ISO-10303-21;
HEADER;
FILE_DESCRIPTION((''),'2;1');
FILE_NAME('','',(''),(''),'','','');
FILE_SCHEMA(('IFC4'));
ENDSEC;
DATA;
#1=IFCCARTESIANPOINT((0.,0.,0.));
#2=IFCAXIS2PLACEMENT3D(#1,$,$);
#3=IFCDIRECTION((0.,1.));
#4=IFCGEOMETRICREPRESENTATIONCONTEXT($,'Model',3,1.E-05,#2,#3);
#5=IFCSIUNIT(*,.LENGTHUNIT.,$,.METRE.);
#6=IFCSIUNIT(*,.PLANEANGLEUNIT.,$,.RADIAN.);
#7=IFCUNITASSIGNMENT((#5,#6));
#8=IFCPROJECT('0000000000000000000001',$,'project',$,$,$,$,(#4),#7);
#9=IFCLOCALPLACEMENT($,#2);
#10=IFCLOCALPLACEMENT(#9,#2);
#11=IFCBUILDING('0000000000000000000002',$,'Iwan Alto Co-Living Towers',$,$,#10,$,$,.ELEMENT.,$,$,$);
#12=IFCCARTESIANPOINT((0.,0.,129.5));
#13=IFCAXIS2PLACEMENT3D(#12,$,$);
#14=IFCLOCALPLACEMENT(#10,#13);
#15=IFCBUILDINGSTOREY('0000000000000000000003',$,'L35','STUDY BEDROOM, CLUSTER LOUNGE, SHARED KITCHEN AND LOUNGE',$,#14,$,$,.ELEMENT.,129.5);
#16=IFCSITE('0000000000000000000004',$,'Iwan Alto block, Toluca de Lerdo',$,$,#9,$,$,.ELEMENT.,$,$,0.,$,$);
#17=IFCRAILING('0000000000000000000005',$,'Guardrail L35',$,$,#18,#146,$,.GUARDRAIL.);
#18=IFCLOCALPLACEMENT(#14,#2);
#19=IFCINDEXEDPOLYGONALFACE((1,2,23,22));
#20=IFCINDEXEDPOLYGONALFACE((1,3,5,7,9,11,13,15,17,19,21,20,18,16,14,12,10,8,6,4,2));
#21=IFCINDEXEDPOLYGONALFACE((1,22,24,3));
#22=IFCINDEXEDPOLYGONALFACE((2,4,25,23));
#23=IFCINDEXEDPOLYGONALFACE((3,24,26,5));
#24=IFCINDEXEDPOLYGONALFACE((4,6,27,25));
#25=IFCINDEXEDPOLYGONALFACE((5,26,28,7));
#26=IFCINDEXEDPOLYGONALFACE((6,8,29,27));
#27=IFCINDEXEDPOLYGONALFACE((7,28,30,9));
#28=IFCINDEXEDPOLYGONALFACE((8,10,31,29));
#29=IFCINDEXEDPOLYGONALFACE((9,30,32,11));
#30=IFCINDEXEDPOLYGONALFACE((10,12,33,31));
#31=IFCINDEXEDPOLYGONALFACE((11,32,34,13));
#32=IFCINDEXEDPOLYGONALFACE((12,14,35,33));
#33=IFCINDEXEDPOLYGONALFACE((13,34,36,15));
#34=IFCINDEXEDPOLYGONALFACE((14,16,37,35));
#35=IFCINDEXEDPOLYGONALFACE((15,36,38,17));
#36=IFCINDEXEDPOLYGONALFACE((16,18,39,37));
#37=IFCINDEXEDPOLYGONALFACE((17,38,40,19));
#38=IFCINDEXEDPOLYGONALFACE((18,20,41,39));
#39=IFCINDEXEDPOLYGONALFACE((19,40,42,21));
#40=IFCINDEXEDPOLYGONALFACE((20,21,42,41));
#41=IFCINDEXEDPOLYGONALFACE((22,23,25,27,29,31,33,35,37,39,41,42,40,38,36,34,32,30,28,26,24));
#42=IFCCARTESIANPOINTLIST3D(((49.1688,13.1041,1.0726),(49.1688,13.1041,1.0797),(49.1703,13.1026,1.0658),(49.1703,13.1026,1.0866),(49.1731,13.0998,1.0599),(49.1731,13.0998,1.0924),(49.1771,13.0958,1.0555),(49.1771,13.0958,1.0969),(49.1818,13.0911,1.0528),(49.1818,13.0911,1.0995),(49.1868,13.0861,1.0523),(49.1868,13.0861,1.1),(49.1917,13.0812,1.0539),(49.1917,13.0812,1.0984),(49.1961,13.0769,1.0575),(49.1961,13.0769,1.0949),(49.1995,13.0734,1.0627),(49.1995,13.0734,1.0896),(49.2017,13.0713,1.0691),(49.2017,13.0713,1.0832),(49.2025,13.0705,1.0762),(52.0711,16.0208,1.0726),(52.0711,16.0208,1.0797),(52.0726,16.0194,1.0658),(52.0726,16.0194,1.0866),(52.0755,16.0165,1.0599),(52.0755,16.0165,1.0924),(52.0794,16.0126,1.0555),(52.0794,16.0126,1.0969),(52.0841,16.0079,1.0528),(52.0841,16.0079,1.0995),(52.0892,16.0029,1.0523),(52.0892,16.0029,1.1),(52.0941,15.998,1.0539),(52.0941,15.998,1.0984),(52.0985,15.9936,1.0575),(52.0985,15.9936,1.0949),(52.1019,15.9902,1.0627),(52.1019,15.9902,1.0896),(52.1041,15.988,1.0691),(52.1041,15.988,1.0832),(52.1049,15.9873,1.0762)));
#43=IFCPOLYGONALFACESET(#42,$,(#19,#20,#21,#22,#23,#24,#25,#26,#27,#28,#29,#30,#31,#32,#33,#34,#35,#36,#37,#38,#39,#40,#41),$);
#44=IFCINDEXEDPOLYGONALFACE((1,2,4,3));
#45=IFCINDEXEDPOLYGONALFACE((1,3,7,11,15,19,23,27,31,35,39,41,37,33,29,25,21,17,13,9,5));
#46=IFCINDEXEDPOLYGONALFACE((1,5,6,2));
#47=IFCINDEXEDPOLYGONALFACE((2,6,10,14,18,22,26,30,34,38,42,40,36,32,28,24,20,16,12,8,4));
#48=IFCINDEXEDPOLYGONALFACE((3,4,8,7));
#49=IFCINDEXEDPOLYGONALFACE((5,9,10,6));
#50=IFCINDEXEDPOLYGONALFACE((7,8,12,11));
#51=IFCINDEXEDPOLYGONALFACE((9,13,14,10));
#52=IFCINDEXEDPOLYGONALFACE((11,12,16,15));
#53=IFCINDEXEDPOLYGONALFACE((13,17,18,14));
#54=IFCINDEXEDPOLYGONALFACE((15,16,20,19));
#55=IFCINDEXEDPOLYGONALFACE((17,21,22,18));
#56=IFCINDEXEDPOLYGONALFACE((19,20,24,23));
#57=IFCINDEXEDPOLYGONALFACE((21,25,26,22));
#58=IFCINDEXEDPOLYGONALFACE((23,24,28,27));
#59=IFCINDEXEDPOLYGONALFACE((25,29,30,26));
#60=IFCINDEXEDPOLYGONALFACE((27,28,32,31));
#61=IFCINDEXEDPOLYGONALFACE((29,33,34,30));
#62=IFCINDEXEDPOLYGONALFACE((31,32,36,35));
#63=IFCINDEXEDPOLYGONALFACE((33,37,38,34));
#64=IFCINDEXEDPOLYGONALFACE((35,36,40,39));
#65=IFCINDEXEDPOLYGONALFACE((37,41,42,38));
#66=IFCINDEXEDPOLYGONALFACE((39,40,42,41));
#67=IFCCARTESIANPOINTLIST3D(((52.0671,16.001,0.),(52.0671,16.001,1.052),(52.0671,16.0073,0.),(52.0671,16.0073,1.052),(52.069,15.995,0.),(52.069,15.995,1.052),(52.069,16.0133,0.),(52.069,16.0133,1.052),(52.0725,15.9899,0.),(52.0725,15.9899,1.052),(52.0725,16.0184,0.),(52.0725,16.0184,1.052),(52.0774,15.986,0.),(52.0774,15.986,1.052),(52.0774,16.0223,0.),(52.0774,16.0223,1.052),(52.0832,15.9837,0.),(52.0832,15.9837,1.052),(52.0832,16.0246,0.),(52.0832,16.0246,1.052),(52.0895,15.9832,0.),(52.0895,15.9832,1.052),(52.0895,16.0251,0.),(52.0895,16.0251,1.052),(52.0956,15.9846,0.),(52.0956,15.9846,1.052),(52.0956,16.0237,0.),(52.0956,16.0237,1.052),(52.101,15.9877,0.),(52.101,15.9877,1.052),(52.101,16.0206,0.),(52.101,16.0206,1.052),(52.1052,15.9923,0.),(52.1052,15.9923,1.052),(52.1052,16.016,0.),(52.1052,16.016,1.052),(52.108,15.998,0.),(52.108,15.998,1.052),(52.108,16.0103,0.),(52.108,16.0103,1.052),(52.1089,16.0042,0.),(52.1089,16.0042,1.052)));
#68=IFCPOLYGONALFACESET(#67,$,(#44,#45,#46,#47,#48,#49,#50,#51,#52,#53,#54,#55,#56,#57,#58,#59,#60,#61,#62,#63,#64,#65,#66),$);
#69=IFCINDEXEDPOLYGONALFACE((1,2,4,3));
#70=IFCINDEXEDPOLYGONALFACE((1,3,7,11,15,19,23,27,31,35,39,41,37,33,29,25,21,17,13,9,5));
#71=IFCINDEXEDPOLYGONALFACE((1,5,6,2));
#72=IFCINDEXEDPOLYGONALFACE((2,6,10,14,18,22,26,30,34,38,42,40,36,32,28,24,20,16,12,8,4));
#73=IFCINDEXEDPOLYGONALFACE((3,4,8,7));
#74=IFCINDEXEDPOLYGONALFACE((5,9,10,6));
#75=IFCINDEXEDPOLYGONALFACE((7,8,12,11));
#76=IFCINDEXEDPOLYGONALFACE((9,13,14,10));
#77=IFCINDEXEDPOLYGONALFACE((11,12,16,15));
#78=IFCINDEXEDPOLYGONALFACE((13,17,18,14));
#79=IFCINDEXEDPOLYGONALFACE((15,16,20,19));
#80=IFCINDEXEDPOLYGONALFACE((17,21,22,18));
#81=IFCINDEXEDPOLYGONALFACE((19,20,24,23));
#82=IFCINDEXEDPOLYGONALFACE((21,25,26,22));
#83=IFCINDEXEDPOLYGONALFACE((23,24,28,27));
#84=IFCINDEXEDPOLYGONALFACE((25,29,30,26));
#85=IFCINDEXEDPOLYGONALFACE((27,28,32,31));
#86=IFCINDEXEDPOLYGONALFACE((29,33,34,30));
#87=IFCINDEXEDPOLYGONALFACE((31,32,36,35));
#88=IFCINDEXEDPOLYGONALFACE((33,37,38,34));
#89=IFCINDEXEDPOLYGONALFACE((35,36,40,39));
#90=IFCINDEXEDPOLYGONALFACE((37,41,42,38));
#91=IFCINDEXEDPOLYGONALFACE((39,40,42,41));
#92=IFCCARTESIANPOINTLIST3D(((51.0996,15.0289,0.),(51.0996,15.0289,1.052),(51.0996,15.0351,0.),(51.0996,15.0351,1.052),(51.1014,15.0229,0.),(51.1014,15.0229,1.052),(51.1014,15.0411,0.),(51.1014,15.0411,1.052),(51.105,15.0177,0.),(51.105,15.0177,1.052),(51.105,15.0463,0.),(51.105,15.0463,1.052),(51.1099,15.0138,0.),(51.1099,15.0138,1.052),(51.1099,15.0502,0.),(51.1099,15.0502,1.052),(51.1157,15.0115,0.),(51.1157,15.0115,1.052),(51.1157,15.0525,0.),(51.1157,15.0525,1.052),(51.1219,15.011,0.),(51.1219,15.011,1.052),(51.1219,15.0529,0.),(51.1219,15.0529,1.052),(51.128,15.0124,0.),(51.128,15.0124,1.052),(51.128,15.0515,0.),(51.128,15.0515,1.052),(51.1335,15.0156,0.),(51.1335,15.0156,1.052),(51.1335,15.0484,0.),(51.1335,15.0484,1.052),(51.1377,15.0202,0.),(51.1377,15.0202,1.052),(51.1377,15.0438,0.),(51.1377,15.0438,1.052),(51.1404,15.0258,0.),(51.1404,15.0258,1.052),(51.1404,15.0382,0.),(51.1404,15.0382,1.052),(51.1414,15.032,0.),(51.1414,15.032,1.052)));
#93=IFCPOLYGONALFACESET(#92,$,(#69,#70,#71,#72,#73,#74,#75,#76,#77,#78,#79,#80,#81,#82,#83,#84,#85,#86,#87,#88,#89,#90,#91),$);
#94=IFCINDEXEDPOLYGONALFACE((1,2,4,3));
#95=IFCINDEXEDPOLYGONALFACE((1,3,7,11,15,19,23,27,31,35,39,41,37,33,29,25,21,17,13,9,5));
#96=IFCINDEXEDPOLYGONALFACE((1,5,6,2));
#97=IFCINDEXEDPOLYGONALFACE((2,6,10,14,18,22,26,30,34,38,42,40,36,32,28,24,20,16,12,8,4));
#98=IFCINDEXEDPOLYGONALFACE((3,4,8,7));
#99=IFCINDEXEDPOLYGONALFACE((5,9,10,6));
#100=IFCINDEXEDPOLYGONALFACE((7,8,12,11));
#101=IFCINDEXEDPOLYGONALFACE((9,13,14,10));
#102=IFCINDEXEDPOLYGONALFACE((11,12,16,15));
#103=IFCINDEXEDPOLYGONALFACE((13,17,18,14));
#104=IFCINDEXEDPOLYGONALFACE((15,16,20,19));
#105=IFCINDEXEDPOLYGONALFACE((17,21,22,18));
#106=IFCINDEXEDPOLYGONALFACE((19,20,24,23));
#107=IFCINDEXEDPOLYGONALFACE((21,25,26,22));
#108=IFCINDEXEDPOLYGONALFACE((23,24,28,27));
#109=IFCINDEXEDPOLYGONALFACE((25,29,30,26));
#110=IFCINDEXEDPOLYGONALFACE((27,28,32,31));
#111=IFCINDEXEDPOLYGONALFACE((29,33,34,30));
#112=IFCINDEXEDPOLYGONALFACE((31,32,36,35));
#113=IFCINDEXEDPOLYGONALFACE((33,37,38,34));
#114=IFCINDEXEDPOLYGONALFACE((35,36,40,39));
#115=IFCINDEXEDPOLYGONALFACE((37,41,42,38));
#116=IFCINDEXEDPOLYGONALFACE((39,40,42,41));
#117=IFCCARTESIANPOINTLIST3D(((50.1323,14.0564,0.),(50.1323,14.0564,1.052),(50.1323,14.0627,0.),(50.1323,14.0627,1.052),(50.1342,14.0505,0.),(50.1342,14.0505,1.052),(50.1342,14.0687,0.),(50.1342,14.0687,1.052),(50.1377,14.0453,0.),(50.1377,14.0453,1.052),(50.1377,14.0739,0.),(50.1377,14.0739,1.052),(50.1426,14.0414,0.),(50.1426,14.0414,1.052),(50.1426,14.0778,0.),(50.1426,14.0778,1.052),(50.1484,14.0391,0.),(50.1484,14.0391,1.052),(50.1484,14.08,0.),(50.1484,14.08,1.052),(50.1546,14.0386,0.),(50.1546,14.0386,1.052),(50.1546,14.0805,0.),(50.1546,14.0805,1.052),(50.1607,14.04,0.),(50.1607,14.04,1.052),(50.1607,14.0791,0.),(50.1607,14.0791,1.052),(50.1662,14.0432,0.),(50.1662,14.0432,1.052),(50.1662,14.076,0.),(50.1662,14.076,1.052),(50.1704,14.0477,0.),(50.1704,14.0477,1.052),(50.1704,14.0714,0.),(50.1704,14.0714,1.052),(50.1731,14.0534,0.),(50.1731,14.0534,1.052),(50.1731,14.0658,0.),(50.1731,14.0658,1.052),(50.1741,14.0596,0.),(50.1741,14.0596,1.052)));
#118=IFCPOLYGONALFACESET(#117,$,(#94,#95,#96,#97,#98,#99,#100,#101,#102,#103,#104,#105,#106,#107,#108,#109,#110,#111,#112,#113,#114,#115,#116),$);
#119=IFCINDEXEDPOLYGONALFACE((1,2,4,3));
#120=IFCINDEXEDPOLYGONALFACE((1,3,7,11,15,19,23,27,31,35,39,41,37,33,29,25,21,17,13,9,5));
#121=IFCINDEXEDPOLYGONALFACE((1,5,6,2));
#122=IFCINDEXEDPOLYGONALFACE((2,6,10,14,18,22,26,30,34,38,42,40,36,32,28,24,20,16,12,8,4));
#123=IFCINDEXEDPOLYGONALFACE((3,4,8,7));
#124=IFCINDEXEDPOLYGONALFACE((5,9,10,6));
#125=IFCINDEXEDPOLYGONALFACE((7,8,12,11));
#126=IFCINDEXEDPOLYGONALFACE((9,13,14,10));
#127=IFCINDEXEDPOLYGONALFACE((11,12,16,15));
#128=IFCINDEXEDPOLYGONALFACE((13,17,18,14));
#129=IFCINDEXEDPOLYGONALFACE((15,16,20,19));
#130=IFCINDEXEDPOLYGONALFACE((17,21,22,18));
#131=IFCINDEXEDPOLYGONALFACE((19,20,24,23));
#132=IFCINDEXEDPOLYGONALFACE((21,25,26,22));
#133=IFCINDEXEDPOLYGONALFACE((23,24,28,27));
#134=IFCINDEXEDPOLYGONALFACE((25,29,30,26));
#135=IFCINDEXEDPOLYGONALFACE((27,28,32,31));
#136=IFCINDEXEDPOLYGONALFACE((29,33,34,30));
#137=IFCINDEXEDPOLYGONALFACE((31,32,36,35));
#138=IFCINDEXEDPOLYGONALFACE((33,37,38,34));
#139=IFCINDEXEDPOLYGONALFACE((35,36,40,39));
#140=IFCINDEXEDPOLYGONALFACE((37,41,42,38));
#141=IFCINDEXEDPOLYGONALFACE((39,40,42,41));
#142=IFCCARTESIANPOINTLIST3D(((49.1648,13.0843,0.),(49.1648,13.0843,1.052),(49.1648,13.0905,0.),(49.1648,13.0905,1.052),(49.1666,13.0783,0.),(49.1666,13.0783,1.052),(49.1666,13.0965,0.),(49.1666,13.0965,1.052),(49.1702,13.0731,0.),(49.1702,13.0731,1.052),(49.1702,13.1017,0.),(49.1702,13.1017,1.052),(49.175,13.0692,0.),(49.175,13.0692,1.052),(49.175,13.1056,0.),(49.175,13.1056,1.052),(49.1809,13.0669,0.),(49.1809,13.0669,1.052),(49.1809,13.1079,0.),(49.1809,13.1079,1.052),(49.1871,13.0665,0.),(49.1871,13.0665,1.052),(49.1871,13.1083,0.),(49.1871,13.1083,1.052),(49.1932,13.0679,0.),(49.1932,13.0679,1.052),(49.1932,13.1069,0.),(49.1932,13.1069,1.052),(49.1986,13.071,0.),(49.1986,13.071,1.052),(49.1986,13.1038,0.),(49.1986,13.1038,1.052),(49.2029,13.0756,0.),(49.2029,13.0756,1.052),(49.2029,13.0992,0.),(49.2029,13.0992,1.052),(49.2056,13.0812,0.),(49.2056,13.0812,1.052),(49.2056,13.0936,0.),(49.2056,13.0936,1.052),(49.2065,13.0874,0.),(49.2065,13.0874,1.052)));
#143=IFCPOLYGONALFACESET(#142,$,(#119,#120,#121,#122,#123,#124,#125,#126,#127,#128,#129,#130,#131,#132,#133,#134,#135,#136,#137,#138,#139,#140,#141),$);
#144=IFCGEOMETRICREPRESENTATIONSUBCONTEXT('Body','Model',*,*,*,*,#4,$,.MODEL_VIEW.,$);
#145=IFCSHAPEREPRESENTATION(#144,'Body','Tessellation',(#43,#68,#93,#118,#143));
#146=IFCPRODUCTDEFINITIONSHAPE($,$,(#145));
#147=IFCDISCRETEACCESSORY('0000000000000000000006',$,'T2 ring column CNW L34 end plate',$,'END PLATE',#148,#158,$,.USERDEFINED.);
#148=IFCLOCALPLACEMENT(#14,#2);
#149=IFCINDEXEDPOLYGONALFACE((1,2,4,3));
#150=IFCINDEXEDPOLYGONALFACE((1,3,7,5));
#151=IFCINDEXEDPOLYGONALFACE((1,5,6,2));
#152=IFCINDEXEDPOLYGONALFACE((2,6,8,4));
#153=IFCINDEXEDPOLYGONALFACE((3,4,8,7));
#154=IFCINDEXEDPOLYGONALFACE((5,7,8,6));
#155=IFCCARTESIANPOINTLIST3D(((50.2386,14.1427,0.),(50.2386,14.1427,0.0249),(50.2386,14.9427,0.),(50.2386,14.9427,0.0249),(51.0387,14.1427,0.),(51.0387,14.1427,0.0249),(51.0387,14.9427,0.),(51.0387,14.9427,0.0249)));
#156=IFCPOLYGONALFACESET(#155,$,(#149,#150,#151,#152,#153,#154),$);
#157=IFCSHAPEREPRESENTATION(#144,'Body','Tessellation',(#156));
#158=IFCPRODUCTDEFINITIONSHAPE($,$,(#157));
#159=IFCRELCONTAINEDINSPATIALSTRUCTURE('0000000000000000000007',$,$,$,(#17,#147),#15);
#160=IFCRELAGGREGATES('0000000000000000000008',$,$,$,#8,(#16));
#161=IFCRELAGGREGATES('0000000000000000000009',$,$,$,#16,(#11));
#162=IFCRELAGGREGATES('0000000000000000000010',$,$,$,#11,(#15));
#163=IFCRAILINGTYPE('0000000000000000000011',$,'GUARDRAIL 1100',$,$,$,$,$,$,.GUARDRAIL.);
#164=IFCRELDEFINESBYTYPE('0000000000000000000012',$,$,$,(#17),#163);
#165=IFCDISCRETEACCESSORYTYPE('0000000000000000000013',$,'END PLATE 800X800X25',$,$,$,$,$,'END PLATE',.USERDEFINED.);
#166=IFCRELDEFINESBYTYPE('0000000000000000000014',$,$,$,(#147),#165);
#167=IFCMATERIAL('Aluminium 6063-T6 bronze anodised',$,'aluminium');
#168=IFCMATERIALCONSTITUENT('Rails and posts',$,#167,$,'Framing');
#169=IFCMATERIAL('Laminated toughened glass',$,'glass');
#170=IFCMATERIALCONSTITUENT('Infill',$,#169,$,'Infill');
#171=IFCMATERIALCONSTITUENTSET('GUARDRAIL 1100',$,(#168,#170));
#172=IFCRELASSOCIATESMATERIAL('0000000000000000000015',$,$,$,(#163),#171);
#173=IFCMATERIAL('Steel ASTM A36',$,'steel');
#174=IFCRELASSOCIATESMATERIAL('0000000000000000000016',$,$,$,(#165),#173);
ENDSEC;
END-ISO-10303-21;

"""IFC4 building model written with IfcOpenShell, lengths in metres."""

from ifc_helpers import new_model, si_unit, direction, frame, origin, origin_2d, place, context, subcontext, project, spatial, rectangle, circle, extrude, material, constituent, constituent_set, type_object, element, save


model = new_model("IFC4")

# Units and contexts
model_context = context("Model", 3, precision=1e-05, world=origin(), true_north=direction((0.0, 1.0)))
body_context = subcontext(model_context, "Body", "Model", "MODEL_VIEW")
ifc_project = project(units=[si_unit("LENGTHUNIT", "METRE"), si_unit("PLANEANGLEUNIT", "RADIAN")], contexts=[model_context])

# Site, building, storey
site_placement = place(None, origin())
site = spatial("IfcSite", under=ifc_project, at=site_placement, Name="Iwan Alto block, Toluca de Lerdo", CompositionType="ELEMENT", RefElevation=0.0)
building_placement = place(site_placement, origin())
building = spatial("IfcBuilding", under=site, at=building_placement, Name="Iwan Alto Co-Living Towers", CompositionType="ELEMENT")
storey_placement = place(building_placement, frame((0.0, 0.0, 129.5)))
storey = spatial("IfcBuildingStorey", under=building, at=storey_placement, Name="L35", Description="STUDY BEDROOM, CLUSTER LOUNGE, SHARED KITCHEN AND LOUNGE", CompositionType="ELEMENT", Elevation=129.5)

# Railing
ifc_material_1 = material(Name="Aluminium 6063-T6 bronze anodised", Category="aluminium")
ifc_constituent_1 = constituent(ifc_material_1, Name="Rails and posts", Category="Framing")
ifc_material_2 = material(Name="Laminated toughened glass", Category="glass")
ifc_constituent_2 = constituent(ifc_material_2, Name="Infill", Category="Infill")
ifc_constituent_set = constituent_set(constituents=[ifc_constituent_1, ifc_constituent_2], Name="GUARDRAIL 1100")
railing_type_1 = type_object("IfcRailingType", Name="GUARDRAIL 1100", PredefinedType="GUARDRAIL", material=ifc_constituent_set)
railing_1_placement = place(storey_placement, frame((52.0879, 16.0042, 0.0)))
element("IfcRailing", 1, at=railing_1_placement, inside=storey, type_object=railing_type_1, Name="Guardrail L35", PredefinedType="GUARDRAIL", context=body_context, shape_type="SweptSolid", body=[
    extrude(circle(Radius=0.0239, at=origin_2d()), frame((0.0, 0.0, 1.0762), z_axis=(-0.705354, -0.708855, 0.0), x_axis=(0.708855, -0.705354, 0.0)), (0.0, 0.0, 1.0), 4.1147),
    extrude(circle(Radius=0.021, at=origin_2d()), origin(), (0.0, 0.0, 1.0), 1.052),
    extrude(circle(Radius=0.021, at=origin_2d()), frame((-0.9675, -0.9722, 0.0)), (0.0, 0.0, 1.0), 1.052),
    extrude(circle(Radius=0.021, at=origin_2d()), frame((-1.9348, -1.9446, 0.0)), (0.0, 0.0, 1.0), 1.052),
    extrude(circle(Radius=0.021, at=origin_2d()), frame((-2.9023, -2.9167, 0.0)), (0.0, 0.0, 1.0), 1.052),
])

# Discrete accessory
ifc_material_3 = material(Name="Steel ASTM A36", Category="steel")
discrete_accessory_type = type_object("IfcDiscreteAccessoryType", Name="END PLATE 800X800X25", ElementType="END PLATE", PredefinedType="USERDEFINED", material=ifc_material_3)
discrete_accessory_placement = place(storey_placement, frame((50.6387, 14.5427, 0.0), z_axis=(0.0, 0.0, 1.0), x_axis=(1.0, 0.0, 0.0)))
element("IfcDiscreteAccessory", 2, at=discrete_accessory_placement, inside=storey, type_object=discrete_accessory_type, Name="T2 ring column CNW L34 end plate", ObjectType="END PLATE", PredefinedType="USERDEFINED", context=body_context, shape_type="SweptSolid", body=[
    extrude(rectangle(XDim=0.8, YDim=0.8, at=origin_2d()), origin(), (0.0, 0.0, 1.0), 0.0249),
])

save(model, "model.ifc")
